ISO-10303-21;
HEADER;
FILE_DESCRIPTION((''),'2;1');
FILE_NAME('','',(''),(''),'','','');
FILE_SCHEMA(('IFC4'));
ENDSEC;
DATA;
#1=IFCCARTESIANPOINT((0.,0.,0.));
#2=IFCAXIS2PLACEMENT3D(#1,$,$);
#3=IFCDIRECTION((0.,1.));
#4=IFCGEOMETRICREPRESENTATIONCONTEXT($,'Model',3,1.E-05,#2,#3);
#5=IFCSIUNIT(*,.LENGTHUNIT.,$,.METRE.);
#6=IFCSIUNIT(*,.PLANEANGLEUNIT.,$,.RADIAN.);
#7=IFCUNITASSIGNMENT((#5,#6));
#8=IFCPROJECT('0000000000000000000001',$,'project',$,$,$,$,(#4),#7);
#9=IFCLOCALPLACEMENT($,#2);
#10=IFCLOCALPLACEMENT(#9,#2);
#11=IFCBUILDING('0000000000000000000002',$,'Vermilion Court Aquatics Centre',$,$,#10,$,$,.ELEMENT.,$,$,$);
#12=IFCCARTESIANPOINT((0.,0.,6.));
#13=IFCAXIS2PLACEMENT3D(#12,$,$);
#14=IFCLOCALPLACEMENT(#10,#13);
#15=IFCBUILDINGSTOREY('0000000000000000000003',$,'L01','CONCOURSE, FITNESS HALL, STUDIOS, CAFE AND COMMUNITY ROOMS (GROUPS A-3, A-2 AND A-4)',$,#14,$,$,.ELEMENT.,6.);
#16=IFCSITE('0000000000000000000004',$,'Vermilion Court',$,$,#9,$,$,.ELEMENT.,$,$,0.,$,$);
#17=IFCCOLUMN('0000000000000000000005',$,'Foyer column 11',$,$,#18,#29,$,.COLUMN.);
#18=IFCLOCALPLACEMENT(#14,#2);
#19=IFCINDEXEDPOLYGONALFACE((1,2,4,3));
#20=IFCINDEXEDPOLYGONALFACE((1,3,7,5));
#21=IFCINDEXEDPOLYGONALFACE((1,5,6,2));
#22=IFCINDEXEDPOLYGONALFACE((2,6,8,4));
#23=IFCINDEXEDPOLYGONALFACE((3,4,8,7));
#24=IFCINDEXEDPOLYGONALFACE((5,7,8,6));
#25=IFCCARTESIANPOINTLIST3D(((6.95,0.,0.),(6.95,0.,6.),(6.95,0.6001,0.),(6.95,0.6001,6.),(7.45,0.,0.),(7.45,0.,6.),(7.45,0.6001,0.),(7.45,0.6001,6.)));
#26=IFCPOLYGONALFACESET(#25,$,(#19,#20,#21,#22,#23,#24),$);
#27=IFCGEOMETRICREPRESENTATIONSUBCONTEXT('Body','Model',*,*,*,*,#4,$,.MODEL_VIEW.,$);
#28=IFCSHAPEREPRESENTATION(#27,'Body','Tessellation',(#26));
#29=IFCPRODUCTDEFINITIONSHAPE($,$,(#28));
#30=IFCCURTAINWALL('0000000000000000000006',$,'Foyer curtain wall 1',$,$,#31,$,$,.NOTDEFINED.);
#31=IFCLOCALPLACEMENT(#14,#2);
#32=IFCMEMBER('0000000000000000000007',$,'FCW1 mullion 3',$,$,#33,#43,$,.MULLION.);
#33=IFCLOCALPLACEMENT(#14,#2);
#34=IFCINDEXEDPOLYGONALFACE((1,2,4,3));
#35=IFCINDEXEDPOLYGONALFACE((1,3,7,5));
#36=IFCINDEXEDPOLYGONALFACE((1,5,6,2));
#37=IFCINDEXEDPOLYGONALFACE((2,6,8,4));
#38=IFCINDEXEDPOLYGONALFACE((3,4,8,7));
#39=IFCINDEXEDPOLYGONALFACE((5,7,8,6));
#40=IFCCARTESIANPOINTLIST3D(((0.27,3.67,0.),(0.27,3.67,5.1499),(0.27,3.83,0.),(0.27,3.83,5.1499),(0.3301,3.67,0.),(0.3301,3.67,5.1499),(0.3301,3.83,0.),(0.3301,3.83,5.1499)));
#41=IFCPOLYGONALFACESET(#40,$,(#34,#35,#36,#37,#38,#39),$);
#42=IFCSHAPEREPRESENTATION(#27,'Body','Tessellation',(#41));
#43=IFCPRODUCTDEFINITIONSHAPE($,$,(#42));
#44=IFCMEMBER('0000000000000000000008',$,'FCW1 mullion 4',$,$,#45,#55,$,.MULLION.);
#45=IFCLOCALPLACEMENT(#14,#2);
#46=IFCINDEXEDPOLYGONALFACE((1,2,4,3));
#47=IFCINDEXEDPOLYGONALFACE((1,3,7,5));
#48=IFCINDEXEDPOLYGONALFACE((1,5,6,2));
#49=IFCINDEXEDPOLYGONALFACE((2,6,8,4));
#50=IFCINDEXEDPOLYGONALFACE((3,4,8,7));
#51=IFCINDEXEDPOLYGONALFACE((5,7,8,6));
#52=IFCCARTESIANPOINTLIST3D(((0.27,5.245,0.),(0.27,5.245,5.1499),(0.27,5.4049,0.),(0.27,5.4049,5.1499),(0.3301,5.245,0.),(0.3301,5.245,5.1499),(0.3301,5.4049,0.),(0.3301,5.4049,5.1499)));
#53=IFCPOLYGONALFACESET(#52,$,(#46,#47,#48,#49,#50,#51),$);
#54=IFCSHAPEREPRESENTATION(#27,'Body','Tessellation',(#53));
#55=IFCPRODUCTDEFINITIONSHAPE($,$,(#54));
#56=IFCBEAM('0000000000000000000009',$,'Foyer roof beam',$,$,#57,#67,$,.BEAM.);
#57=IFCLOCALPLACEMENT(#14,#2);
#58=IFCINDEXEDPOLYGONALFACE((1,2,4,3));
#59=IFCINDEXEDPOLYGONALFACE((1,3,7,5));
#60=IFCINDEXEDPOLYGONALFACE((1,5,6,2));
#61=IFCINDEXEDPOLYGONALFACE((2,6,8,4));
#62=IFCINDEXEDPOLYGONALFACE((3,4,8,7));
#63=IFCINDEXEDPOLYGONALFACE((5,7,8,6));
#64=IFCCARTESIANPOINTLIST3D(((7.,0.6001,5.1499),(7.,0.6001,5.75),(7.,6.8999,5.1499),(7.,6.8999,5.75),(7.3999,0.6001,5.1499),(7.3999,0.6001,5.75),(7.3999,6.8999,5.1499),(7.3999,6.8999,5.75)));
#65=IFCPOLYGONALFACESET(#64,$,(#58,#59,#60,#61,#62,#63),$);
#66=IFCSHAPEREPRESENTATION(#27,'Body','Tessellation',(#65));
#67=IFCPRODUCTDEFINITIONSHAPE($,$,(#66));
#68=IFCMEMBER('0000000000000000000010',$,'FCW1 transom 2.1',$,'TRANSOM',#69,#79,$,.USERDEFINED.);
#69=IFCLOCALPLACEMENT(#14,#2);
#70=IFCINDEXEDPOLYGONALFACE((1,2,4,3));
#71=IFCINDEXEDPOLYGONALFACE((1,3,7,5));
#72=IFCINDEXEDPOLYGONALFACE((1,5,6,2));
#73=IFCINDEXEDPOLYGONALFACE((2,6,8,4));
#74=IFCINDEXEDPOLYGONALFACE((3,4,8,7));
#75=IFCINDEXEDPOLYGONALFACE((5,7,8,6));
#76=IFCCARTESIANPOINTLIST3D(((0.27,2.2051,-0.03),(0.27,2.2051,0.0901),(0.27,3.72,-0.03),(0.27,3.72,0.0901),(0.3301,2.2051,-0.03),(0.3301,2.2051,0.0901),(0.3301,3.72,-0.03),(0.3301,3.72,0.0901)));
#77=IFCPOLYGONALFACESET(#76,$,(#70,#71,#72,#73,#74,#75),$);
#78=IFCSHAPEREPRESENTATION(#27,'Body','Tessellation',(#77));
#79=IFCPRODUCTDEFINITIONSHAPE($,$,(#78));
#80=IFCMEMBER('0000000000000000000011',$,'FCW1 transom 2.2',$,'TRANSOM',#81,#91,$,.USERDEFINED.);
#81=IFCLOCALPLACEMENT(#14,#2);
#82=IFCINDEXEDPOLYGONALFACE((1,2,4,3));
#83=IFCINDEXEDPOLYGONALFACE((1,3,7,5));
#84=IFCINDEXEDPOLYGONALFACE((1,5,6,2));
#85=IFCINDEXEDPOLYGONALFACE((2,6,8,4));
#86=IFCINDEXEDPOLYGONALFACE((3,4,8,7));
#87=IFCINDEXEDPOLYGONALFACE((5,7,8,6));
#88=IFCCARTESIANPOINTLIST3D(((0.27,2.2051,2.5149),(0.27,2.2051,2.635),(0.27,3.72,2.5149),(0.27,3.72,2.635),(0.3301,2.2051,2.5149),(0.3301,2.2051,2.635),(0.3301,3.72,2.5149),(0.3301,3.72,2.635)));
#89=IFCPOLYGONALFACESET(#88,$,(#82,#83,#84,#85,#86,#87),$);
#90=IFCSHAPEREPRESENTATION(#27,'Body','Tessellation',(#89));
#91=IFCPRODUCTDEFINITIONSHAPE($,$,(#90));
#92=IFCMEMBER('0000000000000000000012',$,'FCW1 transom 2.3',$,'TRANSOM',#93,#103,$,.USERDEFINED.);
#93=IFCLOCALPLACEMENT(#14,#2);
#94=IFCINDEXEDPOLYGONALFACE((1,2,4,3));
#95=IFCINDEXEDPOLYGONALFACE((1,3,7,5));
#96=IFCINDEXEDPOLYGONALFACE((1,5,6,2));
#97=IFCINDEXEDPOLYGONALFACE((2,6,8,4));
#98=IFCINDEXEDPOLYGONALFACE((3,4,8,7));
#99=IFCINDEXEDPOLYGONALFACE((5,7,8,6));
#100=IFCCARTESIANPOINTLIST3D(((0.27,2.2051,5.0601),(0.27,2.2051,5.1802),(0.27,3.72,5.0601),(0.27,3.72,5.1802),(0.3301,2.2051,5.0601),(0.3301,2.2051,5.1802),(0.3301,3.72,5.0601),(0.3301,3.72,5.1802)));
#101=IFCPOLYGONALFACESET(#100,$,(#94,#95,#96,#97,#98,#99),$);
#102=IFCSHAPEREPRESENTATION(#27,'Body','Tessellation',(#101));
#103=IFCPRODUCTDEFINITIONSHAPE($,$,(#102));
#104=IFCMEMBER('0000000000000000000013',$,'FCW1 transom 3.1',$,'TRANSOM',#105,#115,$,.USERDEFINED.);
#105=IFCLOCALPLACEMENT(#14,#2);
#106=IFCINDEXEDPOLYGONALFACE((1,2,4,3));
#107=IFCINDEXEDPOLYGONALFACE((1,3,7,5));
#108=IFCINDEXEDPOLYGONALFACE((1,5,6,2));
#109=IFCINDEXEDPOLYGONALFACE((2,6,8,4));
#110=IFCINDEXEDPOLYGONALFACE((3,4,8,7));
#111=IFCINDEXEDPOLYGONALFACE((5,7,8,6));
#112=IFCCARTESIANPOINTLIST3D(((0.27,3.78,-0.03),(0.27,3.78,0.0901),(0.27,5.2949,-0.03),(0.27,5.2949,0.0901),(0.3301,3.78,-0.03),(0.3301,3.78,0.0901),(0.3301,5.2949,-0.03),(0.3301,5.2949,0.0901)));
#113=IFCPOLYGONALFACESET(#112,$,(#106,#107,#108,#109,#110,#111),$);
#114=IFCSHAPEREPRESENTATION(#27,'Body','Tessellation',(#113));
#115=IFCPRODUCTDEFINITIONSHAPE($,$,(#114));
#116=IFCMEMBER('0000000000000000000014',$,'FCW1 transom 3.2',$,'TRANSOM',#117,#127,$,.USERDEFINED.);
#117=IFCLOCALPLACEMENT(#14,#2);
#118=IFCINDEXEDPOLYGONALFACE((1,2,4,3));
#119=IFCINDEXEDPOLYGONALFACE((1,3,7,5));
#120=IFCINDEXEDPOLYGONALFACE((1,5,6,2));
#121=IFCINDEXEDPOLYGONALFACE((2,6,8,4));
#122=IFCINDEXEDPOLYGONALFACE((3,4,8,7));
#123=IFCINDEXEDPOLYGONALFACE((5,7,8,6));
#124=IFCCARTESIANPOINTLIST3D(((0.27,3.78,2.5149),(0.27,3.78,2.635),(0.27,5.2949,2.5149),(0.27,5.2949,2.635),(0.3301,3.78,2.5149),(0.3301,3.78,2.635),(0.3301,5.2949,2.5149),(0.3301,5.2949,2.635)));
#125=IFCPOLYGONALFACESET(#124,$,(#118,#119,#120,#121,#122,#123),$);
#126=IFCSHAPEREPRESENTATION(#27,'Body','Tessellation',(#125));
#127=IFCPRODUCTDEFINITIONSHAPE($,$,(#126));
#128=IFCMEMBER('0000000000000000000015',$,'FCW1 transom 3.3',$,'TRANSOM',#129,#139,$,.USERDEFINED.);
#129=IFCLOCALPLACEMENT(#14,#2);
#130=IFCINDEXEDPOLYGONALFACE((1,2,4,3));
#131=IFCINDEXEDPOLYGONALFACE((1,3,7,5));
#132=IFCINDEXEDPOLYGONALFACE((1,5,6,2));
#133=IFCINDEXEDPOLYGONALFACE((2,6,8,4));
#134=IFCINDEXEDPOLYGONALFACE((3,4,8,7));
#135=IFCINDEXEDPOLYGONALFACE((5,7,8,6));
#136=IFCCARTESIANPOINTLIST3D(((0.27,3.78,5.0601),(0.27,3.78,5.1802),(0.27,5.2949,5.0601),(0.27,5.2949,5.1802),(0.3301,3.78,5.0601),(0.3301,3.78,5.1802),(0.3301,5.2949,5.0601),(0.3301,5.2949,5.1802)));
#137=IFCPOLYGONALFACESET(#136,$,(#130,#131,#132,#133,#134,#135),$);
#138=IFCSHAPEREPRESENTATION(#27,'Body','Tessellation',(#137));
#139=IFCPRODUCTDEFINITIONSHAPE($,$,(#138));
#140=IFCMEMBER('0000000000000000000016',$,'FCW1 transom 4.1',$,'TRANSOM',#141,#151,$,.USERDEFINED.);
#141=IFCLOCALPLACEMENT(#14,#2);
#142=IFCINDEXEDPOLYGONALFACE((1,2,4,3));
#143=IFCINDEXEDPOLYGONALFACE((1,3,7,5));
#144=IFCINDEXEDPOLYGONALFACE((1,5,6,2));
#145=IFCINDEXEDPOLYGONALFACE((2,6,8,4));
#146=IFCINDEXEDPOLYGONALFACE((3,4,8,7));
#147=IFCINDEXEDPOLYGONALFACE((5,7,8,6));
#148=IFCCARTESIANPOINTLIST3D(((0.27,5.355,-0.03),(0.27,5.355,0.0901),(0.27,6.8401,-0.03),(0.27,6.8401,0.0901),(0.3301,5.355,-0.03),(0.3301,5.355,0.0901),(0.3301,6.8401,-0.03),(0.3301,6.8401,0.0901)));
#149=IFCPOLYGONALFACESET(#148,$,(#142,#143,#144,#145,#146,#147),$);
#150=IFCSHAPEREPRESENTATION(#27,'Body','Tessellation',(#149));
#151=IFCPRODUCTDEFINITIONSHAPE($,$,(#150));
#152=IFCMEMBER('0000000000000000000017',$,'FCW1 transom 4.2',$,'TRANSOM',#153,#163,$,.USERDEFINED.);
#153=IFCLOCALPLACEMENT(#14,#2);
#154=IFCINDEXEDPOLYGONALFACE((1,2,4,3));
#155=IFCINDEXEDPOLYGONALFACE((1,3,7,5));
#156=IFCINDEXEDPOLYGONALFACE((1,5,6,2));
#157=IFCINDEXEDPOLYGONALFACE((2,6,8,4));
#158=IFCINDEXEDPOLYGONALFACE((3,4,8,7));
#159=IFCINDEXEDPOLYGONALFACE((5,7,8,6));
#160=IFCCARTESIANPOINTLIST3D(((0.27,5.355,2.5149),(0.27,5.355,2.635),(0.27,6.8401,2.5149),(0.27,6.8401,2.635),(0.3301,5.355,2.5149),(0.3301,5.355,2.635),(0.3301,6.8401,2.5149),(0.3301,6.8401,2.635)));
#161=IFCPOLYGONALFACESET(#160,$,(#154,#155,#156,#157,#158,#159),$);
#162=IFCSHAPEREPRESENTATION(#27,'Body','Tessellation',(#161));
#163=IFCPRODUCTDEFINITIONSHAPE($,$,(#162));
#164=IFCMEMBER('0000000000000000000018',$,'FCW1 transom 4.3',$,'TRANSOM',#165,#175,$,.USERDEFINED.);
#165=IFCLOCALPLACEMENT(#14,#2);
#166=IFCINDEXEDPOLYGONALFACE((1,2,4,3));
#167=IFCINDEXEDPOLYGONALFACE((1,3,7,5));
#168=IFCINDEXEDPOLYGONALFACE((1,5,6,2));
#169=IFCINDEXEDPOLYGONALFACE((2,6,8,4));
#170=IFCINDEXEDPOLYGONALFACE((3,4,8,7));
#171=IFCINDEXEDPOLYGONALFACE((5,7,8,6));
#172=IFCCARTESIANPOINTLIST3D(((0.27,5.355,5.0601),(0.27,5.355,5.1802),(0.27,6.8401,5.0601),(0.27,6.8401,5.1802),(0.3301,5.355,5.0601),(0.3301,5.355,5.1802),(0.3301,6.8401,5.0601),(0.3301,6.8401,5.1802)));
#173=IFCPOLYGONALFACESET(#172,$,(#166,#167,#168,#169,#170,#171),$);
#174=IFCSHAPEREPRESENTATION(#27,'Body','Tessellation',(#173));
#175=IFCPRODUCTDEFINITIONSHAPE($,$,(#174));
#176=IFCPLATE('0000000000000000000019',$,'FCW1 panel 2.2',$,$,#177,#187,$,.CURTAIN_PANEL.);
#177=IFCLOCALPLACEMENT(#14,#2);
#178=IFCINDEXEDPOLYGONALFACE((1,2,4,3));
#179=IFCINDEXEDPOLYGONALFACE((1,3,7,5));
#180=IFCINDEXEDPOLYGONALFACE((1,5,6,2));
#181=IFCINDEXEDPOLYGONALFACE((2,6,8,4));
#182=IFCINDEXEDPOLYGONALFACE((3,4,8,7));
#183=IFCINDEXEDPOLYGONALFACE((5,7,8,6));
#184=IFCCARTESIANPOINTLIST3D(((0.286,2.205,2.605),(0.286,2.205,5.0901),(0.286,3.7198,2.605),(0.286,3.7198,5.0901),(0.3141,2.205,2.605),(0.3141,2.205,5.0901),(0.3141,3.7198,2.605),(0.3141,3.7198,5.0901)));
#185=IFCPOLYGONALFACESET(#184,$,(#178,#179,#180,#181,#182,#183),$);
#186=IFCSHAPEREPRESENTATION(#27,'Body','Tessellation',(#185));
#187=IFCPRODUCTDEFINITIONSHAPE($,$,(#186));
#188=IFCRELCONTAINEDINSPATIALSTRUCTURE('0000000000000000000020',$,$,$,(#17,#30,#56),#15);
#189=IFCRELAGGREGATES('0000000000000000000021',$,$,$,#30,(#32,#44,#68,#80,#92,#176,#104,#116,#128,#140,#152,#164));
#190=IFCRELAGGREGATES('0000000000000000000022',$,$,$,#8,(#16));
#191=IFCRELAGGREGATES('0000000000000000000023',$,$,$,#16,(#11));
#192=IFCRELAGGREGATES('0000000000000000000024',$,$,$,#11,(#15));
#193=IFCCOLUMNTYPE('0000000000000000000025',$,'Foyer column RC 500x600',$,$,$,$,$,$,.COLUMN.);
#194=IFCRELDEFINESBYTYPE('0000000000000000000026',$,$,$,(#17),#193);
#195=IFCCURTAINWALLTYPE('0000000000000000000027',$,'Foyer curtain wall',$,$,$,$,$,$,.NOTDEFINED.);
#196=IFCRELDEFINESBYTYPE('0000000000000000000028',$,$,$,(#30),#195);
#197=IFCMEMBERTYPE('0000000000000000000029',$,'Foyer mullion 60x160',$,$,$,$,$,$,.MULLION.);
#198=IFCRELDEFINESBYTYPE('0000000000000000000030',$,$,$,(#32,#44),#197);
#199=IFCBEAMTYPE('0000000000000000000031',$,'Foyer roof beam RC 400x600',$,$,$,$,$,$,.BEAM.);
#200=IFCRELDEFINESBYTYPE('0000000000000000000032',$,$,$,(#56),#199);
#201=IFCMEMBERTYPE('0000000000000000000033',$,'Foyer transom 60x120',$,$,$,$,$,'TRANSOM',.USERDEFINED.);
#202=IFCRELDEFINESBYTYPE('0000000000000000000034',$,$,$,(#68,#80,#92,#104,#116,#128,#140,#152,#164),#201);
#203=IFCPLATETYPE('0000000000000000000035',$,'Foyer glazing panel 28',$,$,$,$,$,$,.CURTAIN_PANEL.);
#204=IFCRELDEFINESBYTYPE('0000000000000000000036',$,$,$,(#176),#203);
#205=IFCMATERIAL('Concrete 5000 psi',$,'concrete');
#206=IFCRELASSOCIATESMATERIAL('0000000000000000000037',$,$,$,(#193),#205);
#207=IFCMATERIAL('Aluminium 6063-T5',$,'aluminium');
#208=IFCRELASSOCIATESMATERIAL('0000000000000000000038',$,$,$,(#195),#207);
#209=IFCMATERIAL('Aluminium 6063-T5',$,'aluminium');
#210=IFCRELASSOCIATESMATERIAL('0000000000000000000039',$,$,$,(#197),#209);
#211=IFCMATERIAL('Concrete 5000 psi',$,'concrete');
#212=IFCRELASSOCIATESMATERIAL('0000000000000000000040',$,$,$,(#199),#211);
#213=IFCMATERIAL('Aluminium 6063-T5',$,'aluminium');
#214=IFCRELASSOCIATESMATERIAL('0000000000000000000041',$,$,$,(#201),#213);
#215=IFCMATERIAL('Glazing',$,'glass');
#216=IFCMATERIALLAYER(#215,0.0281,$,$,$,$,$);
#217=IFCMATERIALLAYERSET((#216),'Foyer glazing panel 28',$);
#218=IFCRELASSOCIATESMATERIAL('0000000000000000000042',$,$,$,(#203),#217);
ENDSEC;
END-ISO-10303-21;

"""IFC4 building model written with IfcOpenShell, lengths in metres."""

from ifc_helpers import new_model, si_unit, direction, frame, origin, origin_2d, place, context, subcontext, project, spatial, rectangle, extrude, material, layer, layer_set, material_profile, profile_set, type_object, element, aggregate, save


model = new_model("IFC4")

# Units and contexts
model_context = context("Model", 3, precision=1e-05, world=origin(), true_north=direction((0.0, 1.0)))
body_context = subcontext(model_context, "Body", "Model", "MODEL_VIEW")
ifc_project = project(units=[si_unit("LENGTHUNIT", "METRE"), si_unit("PLANEANGLEUNIT", "RADIAN")], contexts=[model_context])

# Site, building, storey
site_placement = place(None, origin())
site = spatial("IfcSite", under=ifc_project, at=site_placement, Name="Vermilion Court", CompositionType="ELEMENT", RefElevation=0.0)
building_placement = place(site_placement, origin())
building = spatial("IfcBuilding", under=site, at=building_placement, Name="Vermilion Court Aquatics Centre", CompositionType="ELEMENT")
storey_placement = place(building_placement, frame((0.0, 0.0, 6.0)))
storey = spatial("IfcBuildingStorey", under=building, at=storey_placement, Name="L01", Description="CONCOURSE, FITNESS HALL, STUDIOS, CAFE AND COMMUNITY ROOMS (GROUPS A-3, A-2 AND A-4)", CompositionType="ELEMENT", Elevation=6.0)

# Column
ifc_material_1 = material(Name="Concrete 5000 psi", Category="concrete")
ifc_material_profile_1 = material_profile(ifc_material_1, rectangle(XDim=0.5, YDim=0.6001, at=origin_2d()), Name="RC 500x600")
ifc_profile_set_1 = profile_set([ifc_material_profile_1], Name="Concrete 5000 psi")
column_type = type_object("IfcColumnType", Name="Foyer column RC 500x600", PredefinedType="COLUMN", material=ifc_profile_set_1)
column_placement = place(storey_placement, frame((7.2, 0.3, 0.0), z_axis=(0.0, 0.0, 1.0), x_axis=(1.0, 0.0, 0.0)))
element("IfcColumn", 1, at=column_placement, inside=storey, type_object=column_type, Name="Foyer column 11", PredefinedType="COLUMN", context=body_context, shape_type="SweptSolid", body=[
    extrude(rectangle(XDim=0.5, YDim=0.6001, at=origin_2d()), origin(), (0.0, 0.0, 1.0), 6.0),
])

# Curtain wall, members
ifc_material_2 = material(Name="Aluminium 6063-T5", Category="aluminium")
curtain_wall_type = type_object("IfcCurtainWallType", Name="Foyer curtain wall", PredefinedType="NOTDEFINED", material=ifc_material_2)
curtain_wall_placement = place(storey_placement, origin())
curtain_wall = element("IfcCurtainWall", 2, at=curtain_wall_placement, inside=storey, type_object=curtain_wall_type, Name="Foyer curtain wall 1", PredefinedType="NOTDEFINED")
ifc_material_3 = material(Name="Aluminium 6063-T5", Category="aluminium")
ifc_material_profile_2 = material_profile(ifc_material_3, rectangle(XDim=0.0601, YDim=0.1599, at=origin_2d()), Name="Aluminium 60x160")
ifc_profile_set_2 = profile_set([ifc_material_profile_2], Name="Aluminium 6063-T5")
member_type_1 = type_object("IfcMemberType", Name="Foyer mullion 60x160", PredefinedType="MULLION", material=ifc_profile_set_2)
member_1_placement = place(storey_placement, frame((0.3, 3.75, 0.0), z_axis=(0.0, 0.0, 1.0), x_axis=(-1.0, 0.0, 0.0)))
member_1 = element("IfcMember", 3, at=member_1_placement, type_object=member_type_1, Name="FCW1 mullion 3", PredefinedType="MULLION", context=body_context, shape_type="SweptSolid", body=[
    extrude(rectangle(XDim=0.0601, YDim=0.1599, at=origin_2d()), origin(), (0.0, 0.0, 1.0), 5.1499),
])
member_2_placement = place(storey_placement, frame((0.3, 5.325, 0.0), z_axis=(0.0, 0.0, 1.0), x_axis=(-1.0, 0.0, 0.0)))
member_2 = element("IfcMember", 4, at=member_2_placement, type_object=member_type_1, Name="FCW1 mullion 4", PredefinedType="MULLION", context=body_context, shape_type="SweptSolid", body=[
    extrude(rectangle(XDim=0.0601, YDim=0.1599, at=origin_2d()), origin(), (0.0, 0.0, 1.0), 5.1499),
])

# Beam
ifc_material_4 = material(Name="Concrete 5000 psi", Category="concrete")
ifc_material_profile_3 = material_profile(ifc_material_4, rectangle(XDim=0.3999, YDim=0.6001, at=origin_2d()), Name="RC 400x600")
ifc_profile_set_3 = profile_set([ifc_material_profile_3], Name="Concrete 5000 psi")
beam_type = type_object("IfcBeamType", Name="Foyer roof beam RC 400x600", PredefinedType="BEAM", material=ifc_profile_set_3)
beam_placement = place(storey_placement, frame((7.2, 0.6001, 5.45), z_axis=(0.0, 1.0, 0.0), x_axis=(-1.0, 0.0, 0.0)))
element("IfcBeam", 5, at=beam_placement, inside=storey, type_object=beam_type, Name="Foyer roof beam", PredefinedType="BEAM", context=body_context, shape_type="SweptSolid", body=[
    extrude(rectangle(XDim=0.3999, YDim=0.6001, at=origin_2d()), origin(), (0.0, 0.0, 1.0), 6.2998),
])

# Members
ifc_material_5 = material(Name="Aluminium 6063-T5", Category="aluminium")
ifc_material_profile_4 = material_profile(ifc_material_5, rectangle(XDim=0.0601, YDim=0.1201, at=origin_2d()), Name="Aluminium 60x120")
ifc_profile_set_4 = profile_set([ifc_material_profile_4], Name="Aluminium 6063-T5")
member_type_2 = type_object("IfcMemberType", Name="Foyer transom 60x120", ElementType="TRANSOM", PredefinedType="USERDEFINED", material=ifc_profile_set_4)
member_3_placement = place(storey_placement, frame((0.3, 2.2051, 0.03), z_axis=(0.0, 1.0, 0.0), x_axis=(-1.0, 0.0, 0.0)))
member_3 = element("IfcMember", 6, at=member_3_placement, type_object=member_type_2, Name="FCW1 transom 2.1", ObjectType="TRANSOM", PredefinedType="USERDEFINED", context=body_context, shape_type="SweptSolid", body=[
    extrude(rectangle(XDim=0.0601, YDim=0.1201, at=origin_2d()), origin(), (0.0, 0.0, 1.0), 1.5149),
])
member_4_placement = place(storey_placement, frame((0.3, 2.2051, 2.575), z_axis=(0.0, 1.0, 0.0), x_axis=(-1.0, 0.0, 0.0)))
member_4 = element("IfcMember", 7, at=member_4_placement, type_object=member_type_2, Name="FCW1 transom 2.2", ObjectType="TRANSOM", PredefinedType="USERDEFINED", context=body_context, shape_type="SweptSolid", body=[
    extrude(rectangle(XDim=0.0601, YDim=0.1201, at=origin_2d()), origin(), (0.0, 0.0, 1.0), 1.5149),
])
member_5_placement = place(storey_placement, frame((0.3, 2.2051, 5.1201), z_axis=(0.0, 1.0, 0.0), x_axis=(-1.0, 0.0, 0.0)))
member_5 = element("IfcMember", 8, at=member_5_placement, type_object=member_type_2, Name="FCW1 transom 2.3", ObjectType="TRANSOM", PredefinedType="USERDEFINED", context=body_context, shape_type="SweptSolid", body=[
    extrude(rectangle(XDim=0.0601, YDim=0.1201, at=origin_2d()), origin(), (0.0, 0.0, 1.0), 1.5149),
])
member_6_placement = place(storey_placement, frame((0.3, 3.78, 0.03), z_axis=(0.0, 1.0, 0.0), x_axis=(-1.0, 0.0, 0.0)))
member_6 = element("IfcMember", 9, at=member_6_placement, type_object=member_type_2, Name="FCW1 transom 3.1", ObjectType="TRANSOM", PredefinedType="USERDEFINED", context=body_context, shape_type="SweptSolid", body=[
    extrude(rectangle(XDim=0.0601, YDim=0.1201, at=origin_2d()), origin(), (0.0, 0.0, 1.0), 1.5149),
])
member_7_placement = place(storey_placement, frame((0.3, 3.78, 2.575), z_axis=(0.0, 1.0, 0.0), x_axis=(-1.0, 0.0, 0.0)))
member_7 = element("IfcMember", 10, at=member_7_placement, type_object=member_type_2, Name="FCW1 transom 3.2", ObjectType="TRANSOM", PredefinedType="USERDEFINED", context=body_context, shape_type="SweptSolid", body=[
    extrude(rectangle(XDim=0.0601, YDim=0.1201, at=origin_2d()), origin(), (0.0, 0.0, 1.0), 1.5149),
])
member_8_placement = place(storey_placement, frame((0.3, 3.78, 5.1201), z_axis=(0.0, 1.0, 0.0), x_axis=(-1.0, 0.0, 0.0)))
member_8 = element("IfcMember", 11, at=member_8_placement, type_object=member_type_2, Name="FCW1 transom 3.3", ObjectType="TRANSOM", PredefinedType="USERDEFINED", context=body_context, shape_type="SweptSolid", body=[
    extrude(rectangle(XDim=0.0601, YDim=0.1201, at=origin_2d()), origin(), (0.0, 0.0, 1.0), 1.5149),
])
member_9_placement = place(storey_placement, frame((0.3, 5.355, 0.03), z_axis=(0.0, 1.0, 0.0), x_axis=(-1.0, 0.0, 0.0)))
member_9 = element("IfcMember", 12, at=member_9_placement, type_object=member_type_2, Name="FCW1 transom 4.1", ObjectType="TRANSOM", PredefinedType="USERDEFINED", context=body_context, shape_type="SweptSolid", body=[
    extrude(rectangle(XDim=0.0601, YDim=0.1201, at=origin_2d()), origin(), (0.0, 0.0, 1.0), 1.4851),
])
member_10_placement = place(storey_placement, frame((0.3, 5.355, 2.575), z_axis=(0.0, 1.0, 0.0), x_axis=(-1.0, 0.0, 0.0)))
member_10 = element("IfcMember", 13, at=member_10_placement, type_object=member_type_2, Name="FCW1 transom 4.2", ObjectType="TRANSOM", PredefinedType="USERDEFINED", context=body_context, shape_type="SweptSolid", body=[
    extrude(rectangle(XDim=0.0601, YDim=0.1201, at=origin_2d()), origin(), (0.0, 0.0, 1.0), 1.4851),
])
member_11_placement = place(storey_placement, frame((0.3, 5.355, 5.1201), z_axis=(0.0, 1.0, 0.0), x_axis=(-1.0, 0.0, 0.0)))
member_11 = element("IfcMember", 14, at=member_11_placement, type_object=member_type_2, Name="FCW1 transom 4.3", ObjectType="TRANSOM", PredefinedType="USERDEFINED", context=body_context, shape_type="SweptSolid", body=[
    extrude(rectangle(XDim=0.0601, YDim=0.1201, at=origin_2d()), origin(), (0.0, 0.0, 1.0), 1.4851),
])

# Plate
ifc_material_6 = material(Name="Glazing", Category="glass")
ifc_layer_1 = layer(ifc_material_6, 0.0281)
ifc_layer_set_1 = layer_set([ifc_layer_1], Name="Foyer glazing panel 28")
plate_type_1 = type_object("IfcPlateType", Name="Foyer glazing panel 28", PredefinedType="CURTAIN_PANEL", material=ifc_layer_set_1)
plate_1_placement = place(storey_placement, frame((0.3, 2.9624, 2.605), z_axis=(0.0, 0.0, 1.0), x_axis=(0.0, 1.0, 0.0)))
plate_1 = element("IfcPlate", 15, at=plate_1_placement, type_object=plate_type_1, Name="FCW1 panel 2.2", PredefinedType="CURTAIN_PANEL", context=body_context, shape_type="SweptSolid", body=[
    extrude(rectangle(XDim=1.5149, YDim=0.0281, at=origin_2d()), origin(), (0.0, 0.0, 1.0), 2.4851),
])
aggregate(curtain_wall, [member_1, member_2, member_3, member_4, member_5, plate_1, member_6, member_7, member_8, member_9, member_10, member_11])

save(model, "model.ifc")
